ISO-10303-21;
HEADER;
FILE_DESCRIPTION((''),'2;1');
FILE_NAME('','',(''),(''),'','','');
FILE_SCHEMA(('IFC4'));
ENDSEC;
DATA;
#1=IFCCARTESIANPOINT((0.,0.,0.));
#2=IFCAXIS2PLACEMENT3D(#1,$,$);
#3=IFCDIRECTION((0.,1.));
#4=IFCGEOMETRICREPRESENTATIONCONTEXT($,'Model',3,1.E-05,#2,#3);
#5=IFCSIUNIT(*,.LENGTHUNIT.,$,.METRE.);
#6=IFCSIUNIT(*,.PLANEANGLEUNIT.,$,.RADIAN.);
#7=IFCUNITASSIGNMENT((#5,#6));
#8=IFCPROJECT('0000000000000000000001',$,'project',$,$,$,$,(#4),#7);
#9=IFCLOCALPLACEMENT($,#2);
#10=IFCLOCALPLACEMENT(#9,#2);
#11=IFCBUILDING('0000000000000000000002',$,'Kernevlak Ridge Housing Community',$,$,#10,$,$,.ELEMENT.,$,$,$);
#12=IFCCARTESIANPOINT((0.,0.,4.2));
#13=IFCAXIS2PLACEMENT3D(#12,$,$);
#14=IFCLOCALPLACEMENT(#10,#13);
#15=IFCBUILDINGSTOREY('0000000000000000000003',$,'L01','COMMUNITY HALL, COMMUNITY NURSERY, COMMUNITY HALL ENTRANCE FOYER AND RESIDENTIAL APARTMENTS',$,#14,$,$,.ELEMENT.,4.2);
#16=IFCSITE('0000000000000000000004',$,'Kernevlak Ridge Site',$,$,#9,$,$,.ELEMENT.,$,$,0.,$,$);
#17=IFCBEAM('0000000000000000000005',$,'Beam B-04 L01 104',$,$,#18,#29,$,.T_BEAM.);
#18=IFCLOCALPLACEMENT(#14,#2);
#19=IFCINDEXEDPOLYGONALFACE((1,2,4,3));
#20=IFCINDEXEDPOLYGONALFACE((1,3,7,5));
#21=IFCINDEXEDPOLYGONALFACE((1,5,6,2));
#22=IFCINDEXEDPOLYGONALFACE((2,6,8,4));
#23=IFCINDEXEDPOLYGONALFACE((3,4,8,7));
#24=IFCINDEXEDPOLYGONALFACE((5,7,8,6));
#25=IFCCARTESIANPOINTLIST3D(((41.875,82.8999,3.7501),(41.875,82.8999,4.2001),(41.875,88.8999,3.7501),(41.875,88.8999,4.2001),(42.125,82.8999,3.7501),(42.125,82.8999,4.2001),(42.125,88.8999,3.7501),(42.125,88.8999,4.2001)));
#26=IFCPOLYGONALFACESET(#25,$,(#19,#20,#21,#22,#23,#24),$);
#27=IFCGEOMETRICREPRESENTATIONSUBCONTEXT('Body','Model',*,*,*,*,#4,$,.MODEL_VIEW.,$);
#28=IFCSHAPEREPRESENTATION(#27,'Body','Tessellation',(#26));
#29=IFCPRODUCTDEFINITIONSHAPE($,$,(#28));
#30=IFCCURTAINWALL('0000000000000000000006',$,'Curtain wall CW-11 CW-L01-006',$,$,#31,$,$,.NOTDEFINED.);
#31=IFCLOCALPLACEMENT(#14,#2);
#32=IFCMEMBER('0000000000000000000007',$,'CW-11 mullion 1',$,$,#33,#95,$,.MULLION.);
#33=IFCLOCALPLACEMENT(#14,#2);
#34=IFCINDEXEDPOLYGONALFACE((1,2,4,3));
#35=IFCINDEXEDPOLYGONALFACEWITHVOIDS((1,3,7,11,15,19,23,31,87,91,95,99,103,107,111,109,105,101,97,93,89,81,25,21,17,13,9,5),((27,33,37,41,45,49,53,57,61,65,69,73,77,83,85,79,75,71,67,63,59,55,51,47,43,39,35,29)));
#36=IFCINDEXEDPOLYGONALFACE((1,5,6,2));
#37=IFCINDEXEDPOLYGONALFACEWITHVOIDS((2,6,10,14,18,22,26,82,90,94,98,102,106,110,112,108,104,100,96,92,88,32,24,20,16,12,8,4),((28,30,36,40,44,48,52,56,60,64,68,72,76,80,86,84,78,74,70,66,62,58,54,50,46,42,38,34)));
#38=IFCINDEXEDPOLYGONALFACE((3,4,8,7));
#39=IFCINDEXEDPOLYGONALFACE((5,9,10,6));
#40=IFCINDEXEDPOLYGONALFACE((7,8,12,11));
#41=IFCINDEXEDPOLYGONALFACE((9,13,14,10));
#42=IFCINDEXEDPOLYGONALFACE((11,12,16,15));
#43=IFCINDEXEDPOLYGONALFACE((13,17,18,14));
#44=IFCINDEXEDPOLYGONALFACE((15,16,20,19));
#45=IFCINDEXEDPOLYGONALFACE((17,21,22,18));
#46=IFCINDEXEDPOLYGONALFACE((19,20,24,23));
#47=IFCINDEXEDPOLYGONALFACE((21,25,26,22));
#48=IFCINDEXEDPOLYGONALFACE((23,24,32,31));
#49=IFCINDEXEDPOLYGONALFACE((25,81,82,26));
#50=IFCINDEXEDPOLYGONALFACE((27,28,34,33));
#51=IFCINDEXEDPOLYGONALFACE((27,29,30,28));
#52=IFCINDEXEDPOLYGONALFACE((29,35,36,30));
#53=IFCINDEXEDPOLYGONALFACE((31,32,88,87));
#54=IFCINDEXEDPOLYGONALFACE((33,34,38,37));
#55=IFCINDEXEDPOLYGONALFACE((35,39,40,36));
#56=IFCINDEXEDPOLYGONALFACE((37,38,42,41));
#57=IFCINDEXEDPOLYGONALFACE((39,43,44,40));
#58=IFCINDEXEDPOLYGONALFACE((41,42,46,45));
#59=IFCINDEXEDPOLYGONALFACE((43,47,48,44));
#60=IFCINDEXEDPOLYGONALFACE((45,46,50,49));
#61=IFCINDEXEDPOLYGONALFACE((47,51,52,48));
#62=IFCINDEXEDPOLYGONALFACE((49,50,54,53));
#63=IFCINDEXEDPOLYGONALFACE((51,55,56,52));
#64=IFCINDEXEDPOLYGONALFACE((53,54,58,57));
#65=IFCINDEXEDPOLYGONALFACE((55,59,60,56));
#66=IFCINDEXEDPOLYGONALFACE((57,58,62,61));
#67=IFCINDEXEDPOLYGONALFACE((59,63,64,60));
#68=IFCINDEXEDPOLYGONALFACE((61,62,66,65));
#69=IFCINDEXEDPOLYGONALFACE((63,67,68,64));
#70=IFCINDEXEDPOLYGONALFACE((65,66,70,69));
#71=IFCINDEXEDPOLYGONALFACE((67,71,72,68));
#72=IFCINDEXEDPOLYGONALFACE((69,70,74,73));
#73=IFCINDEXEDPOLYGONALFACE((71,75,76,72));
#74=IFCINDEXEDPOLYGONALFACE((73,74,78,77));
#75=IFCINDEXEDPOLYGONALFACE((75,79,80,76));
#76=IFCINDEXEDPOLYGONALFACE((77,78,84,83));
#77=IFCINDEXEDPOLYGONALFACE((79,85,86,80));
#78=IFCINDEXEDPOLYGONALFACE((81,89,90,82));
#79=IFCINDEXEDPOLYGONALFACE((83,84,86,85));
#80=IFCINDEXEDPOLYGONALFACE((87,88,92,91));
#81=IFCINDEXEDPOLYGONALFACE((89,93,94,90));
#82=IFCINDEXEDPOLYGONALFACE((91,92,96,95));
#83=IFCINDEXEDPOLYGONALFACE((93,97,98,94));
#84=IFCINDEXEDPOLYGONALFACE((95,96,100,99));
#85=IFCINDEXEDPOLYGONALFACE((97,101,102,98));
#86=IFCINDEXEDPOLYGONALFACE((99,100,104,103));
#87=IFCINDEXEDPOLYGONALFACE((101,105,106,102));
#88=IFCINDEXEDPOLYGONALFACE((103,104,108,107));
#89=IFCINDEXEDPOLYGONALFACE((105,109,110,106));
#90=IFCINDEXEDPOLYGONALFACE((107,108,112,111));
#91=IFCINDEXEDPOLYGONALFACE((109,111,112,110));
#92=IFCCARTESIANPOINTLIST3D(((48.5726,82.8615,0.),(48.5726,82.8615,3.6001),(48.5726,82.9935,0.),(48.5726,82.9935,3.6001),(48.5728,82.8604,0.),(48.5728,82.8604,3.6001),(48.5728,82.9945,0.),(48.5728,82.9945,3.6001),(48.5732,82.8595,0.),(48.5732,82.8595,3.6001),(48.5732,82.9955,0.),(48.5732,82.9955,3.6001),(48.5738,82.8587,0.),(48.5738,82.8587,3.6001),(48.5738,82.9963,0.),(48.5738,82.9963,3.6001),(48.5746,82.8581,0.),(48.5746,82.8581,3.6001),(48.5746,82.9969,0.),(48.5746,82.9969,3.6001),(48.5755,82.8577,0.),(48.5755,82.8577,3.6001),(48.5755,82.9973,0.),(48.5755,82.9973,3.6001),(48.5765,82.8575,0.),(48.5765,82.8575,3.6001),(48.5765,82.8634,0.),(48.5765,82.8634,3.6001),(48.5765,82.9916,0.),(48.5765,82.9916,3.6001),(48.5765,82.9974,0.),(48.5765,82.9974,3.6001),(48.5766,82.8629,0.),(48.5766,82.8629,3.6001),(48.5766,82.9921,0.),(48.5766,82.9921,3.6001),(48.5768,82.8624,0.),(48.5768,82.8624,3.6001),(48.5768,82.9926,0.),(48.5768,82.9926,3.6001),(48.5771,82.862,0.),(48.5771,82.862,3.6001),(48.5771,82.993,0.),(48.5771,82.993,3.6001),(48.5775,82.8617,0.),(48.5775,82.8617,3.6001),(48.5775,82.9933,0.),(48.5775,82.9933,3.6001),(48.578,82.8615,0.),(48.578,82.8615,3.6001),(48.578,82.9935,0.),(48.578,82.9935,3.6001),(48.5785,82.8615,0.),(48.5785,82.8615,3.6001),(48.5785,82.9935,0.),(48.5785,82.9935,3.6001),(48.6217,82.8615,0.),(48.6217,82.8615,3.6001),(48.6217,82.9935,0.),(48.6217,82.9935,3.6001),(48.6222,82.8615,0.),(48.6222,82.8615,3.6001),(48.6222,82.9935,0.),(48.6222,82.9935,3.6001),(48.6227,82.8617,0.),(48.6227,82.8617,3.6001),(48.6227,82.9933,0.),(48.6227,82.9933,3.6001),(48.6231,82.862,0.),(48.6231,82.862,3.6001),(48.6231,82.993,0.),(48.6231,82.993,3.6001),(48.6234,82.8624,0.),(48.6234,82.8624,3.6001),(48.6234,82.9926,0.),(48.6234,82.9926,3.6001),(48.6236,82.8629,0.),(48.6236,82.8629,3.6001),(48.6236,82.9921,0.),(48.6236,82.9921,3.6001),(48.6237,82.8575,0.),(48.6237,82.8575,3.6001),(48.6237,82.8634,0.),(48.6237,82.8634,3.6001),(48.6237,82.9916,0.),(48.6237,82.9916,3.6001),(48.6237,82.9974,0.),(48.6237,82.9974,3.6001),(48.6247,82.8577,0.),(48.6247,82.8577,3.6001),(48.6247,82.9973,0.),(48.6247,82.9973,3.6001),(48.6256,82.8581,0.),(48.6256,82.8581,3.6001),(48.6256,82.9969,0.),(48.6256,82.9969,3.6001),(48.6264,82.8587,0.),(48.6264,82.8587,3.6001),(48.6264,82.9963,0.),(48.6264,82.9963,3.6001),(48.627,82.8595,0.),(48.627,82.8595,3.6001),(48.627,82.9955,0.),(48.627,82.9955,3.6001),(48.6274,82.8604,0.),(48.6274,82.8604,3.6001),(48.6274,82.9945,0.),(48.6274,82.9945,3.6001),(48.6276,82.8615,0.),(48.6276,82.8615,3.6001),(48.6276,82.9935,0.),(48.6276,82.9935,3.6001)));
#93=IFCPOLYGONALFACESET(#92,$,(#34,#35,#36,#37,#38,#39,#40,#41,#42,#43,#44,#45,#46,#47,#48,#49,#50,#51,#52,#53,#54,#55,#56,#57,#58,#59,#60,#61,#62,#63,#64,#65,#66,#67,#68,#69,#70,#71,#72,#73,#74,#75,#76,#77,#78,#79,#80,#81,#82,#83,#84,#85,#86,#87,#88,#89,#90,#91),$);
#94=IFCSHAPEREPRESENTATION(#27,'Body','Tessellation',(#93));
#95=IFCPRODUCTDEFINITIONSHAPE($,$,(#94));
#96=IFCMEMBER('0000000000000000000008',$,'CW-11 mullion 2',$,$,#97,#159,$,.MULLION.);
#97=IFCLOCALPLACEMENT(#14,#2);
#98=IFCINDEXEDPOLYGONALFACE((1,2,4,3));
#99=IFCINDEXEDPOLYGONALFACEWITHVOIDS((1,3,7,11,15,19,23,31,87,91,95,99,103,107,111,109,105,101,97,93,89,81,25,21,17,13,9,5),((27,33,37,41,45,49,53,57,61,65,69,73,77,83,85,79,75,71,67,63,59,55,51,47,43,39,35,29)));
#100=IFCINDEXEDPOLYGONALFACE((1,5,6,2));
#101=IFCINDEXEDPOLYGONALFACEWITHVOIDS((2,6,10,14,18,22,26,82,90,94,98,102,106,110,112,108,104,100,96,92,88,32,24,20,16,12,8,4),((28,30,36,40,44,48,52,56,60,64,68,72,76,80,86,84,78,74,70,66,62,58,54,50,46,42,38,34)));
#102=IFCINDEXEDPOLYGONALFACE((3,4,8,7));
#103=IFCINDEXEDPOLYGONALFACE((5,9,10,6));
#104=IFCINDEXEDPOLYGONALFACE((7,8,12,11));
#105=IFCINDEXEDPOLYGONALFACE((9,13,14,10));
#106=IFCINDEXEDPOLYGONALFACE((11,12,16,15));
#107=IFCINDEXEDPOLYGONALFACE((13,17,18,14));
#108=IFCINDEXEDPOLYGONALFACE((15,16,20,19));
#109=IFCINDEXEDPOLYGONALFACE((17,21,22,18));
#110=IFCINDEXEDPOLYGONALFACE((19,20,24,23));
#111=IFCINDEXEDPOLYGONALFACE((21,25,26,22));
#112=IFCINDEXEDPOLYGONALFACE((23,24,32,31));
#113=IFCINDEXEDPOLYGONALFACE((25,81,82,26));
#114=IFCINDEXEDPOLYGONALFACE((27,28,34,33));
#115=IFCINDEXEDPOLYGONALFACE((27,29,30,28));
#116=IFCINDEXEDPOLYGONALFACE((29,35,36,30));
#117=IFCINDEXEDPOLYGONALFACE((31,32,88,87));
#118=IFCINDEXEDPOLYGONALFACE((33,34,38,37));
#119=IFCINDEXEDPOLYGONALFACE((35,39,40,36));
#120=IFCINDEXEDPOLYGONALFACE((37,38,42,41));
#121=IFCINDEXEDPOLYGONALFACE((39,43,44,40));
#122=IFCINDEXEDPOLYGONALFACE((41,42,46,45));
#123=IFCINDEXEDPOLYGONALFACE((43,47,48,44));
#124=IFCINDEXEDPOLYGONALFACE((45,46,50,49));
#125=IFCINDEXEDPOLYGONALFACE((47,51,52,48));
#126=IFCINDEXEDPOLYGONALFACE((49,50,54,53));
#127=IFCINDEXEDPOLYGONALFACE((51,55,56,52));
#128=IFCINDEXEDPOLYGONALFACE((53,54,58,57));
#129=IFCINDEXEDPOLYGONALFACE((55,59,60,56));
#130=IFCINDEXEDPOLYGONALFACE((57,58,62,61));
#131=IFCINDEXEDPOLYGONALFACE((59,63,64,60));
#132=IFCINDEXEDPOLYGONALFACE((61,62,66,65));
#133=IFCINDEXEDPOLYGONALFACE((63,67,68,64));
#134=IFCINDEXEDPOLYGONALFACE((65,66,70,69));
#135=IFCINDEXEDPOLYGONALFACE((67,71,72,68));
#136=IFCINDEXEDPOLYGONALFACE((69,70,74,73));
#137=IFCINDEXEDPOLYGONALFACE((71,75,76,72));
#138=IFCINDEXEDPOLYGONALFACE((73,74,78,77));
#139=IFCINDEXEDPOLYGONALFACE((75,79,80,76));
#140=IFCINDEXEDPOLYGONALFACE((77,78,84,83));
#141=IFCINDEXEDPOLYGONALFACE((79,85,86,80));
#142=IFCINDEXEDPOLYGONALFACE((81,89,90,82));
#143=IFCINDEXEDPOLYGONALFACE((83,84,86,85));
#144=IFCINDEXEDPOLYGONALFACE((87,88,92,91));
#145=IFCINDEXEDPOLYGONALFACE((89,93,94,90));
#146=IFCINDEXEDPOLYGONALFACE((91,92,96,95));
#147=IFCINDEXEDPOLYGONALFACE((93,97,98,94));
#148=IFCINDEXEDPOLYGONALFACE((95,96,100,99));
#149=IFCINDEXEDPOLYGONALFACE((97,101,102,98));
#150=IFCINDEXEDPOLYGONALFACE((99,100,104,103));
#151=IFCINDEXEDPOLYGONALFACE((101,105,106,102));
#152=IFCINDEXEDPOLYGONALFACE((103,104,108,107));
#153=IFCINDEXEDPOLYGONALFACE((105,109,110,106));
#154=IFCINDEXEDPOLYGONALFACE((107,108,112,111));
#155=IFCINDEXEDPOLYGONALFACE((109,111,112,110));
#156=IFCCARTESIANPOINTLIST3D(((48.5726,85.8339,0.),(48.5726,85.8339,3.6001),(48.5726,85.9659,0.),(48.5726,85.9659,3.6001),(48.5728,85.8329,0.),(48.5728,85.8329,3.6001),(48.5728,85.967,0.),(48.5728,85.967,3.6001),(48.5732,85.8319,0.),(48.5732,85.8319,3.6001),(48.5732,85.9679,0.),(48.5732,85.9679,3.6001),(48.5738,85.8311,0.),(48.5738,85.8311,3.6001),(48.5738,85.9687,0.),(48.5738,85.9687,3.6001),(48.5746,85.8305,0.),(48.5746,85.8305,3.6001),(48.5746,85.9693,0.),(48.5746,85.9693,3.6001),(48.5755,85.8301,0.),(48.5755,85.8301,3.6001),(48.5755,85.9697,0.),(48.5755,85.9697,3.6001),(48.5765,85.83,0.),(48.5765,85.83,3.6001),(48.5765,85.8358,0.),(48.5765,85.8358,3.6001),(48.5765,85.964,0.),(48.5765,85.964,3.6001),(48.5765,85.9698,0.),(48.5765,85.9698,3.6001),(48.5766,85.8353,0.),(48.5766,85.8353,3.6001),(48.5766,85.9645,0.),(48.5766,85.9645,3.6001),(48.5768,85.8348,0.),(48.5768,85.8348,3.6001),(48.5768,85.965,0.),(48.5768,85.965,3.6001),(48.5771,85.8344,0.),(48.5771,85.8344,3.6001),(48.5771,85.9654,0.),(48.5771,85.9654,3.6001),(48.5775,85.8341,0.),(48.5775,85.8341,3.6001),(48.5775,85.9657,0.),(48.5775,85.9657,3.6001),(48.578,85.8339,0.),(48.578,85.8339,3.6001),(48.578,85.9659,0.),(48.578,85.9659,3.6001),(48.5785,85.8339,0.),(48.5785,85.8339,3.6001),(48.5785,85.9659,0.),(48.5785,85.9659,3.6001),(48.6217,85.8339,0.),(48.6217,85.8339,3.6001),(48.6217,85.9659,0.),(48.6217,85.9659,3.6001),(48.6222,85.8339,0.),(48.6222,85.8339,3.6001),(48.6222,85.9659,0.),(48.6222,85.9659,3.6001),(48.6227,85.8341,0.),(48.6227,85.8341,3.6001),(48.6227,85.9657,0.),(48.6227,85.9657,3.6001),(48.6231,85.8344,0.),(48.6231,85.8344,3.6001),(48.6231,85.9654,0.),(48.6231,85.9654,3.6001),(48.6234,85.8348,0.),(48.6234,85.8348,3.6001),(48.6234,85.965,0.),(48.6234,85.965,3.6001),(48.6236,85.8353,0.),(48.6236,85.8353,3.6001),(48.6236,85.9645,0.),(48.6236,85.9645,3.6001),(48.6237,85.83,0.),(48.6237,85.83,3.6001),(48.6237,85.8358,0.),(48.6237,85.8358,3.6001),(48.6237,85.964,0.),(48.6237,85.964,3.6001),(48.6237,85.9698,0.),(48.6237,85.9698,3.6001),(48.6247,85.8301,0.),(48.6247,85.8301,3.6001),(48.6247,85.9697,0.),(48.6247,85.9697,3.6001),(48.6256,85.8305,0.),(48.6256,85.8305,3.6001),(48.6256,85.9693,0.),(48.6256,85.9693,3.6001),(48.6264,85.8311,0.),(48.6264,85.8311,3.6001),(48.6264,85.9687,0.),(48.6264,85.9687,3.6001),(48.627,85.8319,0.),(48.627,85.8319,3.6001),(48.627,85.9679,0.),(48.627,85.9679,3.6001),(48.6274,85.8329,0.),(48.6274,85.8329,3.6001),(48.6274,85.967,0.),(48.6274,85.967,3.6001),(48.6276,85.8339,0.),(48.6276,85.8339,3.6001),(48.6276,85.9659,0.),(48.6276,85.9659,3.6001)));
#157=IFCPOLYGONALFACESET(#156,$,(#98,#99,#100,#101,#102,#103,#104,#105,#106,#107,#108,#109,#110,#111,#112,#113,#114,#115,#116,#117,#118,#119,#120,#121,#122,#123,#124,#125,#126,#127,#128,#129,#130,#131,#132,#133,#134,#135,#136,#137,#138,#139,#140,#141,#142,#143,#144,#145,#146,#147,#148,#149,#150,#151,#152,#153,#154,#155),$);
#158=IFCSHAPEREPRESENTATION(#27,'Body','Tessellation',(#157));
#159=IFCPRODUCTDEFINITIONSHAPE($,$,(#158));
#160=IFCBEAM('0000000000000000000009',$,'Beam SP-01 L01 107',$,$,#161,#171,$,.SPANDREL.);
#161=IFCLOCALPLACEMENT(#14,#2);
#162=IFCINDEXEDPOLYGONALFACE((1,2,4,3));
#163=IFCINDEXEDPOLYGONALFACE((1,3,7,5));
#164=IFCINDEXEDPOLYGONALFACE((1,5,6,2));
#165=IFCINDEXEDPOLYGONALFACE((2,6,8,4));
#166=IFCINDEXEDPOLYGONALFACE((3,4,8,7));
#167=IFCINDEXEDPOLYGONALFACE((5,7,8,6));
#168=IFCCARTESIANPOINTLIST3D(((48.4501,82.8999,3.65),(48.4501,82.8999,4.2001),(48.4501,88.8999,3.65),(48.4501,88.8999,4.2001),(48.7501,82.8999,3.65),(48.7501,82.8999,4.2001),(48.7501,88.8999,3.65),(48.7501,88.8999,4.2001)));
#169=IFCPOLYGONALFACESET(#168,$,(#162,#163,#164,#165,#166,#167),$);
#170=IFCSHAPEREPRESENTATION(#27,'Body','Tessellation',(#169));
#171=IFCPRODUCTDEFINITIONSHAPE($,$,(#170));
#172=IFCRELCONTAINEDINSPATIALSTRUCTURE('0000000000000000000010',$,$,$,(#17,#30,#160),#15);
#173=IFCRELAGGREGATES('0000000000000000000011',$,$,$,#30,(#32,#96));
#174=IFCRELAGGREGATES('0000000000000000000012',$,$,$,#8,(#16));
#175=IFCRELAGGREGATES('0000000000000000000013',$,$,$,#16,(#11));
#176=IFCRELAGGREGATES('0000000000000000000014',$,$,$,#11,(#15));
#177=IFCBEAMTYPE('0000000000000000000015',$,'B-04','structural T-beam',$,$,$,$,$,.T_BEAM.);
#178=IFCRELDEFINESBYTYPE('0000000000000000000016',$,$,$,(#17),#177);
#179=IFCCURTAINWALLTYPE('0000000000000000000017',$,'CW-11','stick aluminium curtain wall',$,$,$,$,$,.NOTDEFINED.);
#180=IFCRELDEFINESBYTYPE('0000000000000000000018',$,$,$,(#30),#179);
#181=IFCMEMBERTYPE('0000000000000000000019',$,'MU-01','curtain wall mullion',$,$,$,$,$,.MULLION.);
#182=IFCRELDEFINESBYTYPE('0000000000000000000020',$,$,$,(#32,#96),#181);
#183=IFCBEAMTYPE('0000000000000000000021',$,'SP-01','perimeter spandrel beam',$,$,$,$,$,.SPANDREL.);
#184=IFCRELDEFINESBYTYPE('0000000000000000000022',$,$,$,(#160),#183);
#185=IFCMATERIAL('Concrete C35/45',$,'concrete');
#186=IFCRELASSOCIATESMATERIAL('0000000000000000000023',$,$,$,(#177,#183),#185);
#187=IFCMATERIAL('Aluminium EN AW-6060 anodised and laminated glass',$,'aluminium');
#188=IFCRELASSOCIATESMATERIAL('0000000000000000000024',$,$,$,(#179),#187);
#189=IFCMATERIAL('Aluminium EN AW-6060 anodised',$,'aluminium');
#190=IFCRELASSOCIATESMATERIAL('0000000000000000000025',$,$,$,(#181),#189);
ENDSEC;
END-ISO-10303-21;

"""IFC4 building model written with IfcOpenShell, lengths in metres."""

from ifc_helpers import new_model, si_unit, direction, frame, origin, origin_2d, place, context, subcontext, project, spatial, rectangle, hollow_rectangle, extrude, material, material_profile, profile_set, type_object, element, aggregate, save


model = new_model("IFC4")

# Units and contexts
model_context = context("Model", 3, precision=1e-05, world=origin(), true_north=direction((0.0, 1.0)))
body_context = subcontext(model_context, "Body", "Model", "MODEL_VIEW")
ifc_project = project(units=[si_unit("LENGTHUNIT", "METRE"), si_unit("PLANEANGLEUNIT", "RADIAN")], contexts=[model_context])

# Site, building, storey
site_placement = place(None, origin())
site = spatial("IfcSite", under=ifc_project, at=site_placement, Name="Kernevlak Ridge Site", CompositionType="ELEMENT", RefElevation=0.0)
building_placement = place(site_placement, origin())
building = spatial("IfcBuilding", under=site, at=building_placement, Name="Kernevlak Ridge Housing Community", CompositionType="ELEMENT")
storey_placement = place(building_placement, frame((0.0, 0.0, 4.2)))
storey = spatial("IfcBuildingStorey", under=building, at=storey_placement, Name="L01", Description="COMMUNITY HALL, COMMUNITY NURSERY, COMMUNITY HALL ENTRANCE FOYER AND RESIDENTIAL APARTMENTS", CompositionType="ELEMENT", Elevation=4.2)

# Beam
ifc_material_1 = material(Name="Concrete C35/45", Category="concrete")
ifc_material_profile_1 = material_profile(ifc_material_1, rectangle(XDim=0.25, YDim=0.45, at=origin_2d()), Name="RC 250x450")
ifc_profile_set_1 = profile_set([ifc_material_profile_1], Name="Concrete C35/45")
beam_type_1 = type_object("IfcBeamType", Name="B-04", Description="structural T-beam", PredefinedType="T_BEAM", material=ifc_profile_set_1)
beam_1_placement = place(storey_placement, frame((42.0, 82.8999, 3.9751), z_axis=(0.0, 1.0, 0.0), x_axis=(-1.0, 0.0, 0.0)))
element("IfcBeam", 1, at=beam_1_placement, inside=storey, type_object=beam_type_1, Name="Beam B-04 L01 104", PredefinedType="T_BEAM", context=body_context, shape_type="SweptSolid", body=[
    extrude(rectangle(XDim=0.25, YDim=0.45, at=origin_2d()), origin(), (0.0, 0.0, 1.0), 6.0),
])

# Curtain wall, members
ifc_material_2 = material(Name="Aluminium EN AW-6060 anodised and laminated glass", Category="aluminium")
curtain_wall_type = type_object("IfcCurtainWallType", Name="CW-11", Description="stick aluminium curtain wall", PredefinedType="NOTDEFINED", material=ifc_material_2)
curtain_wall_placement = place(storey_placement, origin())
curtain_wall = element("IfcCurtainWall", 2, at=curtain_wall_placement, inside=storey, type_object=curtain_wall_type, Name="Curtain wall CW-11 CW-L01-006", PredefinedType="NOTDEFINED")
ifc_material_3 = material(Name="Aluminium EN AW-6060 anodised", Category="aluminium")
ifc_material_profile_2 = material_profile(ifc_material_3, hollow_rectangle(XDim=0.0549, YDim=0.1399, WallThickness=0.0039, InnerFilletRadius=0.002, OuterFilletRadius=0.0039, at=origin_2d()), Name="ALU 55x140x4")
ifc_profile_set_2 = profile_set([ifc_material_profile_2], Name="Aluminium EN AW-6060 anodised")
member_type_1 = type_object("IfcMemberType", Name="MU-01", Description="curtain wall mullion", PredefinedType="MULLION", material=ifc_profile_set_2)
member_1_placement = place(storey_placement, frame((48.6001, 82.9275, 0.0), z_axis=(0.0, 0.0, 1.0), x_axis=(-1.0, 0.0, 0.0)))
member_1 = element("IfcMember", 3, at=member_1_placement, type_object=member_type_1, Name="CW-11 mullion 1", PredefinedType="MULLION", context=body_context, shape_type="SweptSolid", body=[
    extrude(hollow_rectangle(XDim=0.0549, YDim=0.1399, WallThickness=0.0039, InnerFilletRadius=0.002, OuterFilletRadius=0.0039, at=origin_2d()), origin(), (0.0, 0.0, 1.0), 3.6001),
])
member_2_placement = place(storey_placement, frame((48.6001, 85.8999, 0.0), z_axis=(0.0, 0.0, 1.0), x_axis=(-1.0, 0.0, 0.0)))
member_2 = element("IfcMember", 4, at=member_2_placement, type_object=member_type_1, Name="CW-11 mullion 2", PredefinedType="MULLION", context=body_context, shape_type="SweptSolid", body=[
    extrude(hollow_rectangle(XDim=0.0549, YDim=0.1399, WallThickness=0.0039, InnerFilletRadius=0.002, OuterFilletRadius=0.0039, at=origin_2d()), origin(), (0.0, 0.0, 1.0), 3.6001),
])

# Beam
ifc_material_profile_3 = material_profile(ifc_material_1, rectangle(XDim=0.3, YDim=0.55, at=origin_2d()), Name="RC 300x550")
ifc_profile_set_3 = profile_set([ifc_material_profile_3], Name="Concrete C35/45")
beam_type_2 = type_object("IfcBeamType", Name="SP-01", Description="perimeter spandrel beam", PredefinedType="SPANDREL", material=ifc_profile_set_3)
beam_2_placement = place(storey_placement, frame((48.6001, 82.8999, 3.925), z_axis=(0.0, 1.0, 0.0), x_axis=(-1.0, 0.0, 0.0)))
element("IfcBeam", 5, at=beam_2_placement, inside=storey, type_object=beam_type_2, Name="Beam SP-01 L01 107", PredefinedType="SPANDREL", context=body_context, shape_type="SweptSolid", body=[
    extrude(rectangle(XDim=0.3, YDim=0.55, at=origin_2d()), origin(), (0.0, 0.0, 1.0), 6.0),
])

aggregate(curtain_wall, [member_1, member_2])

save(model, "model.ifc")
